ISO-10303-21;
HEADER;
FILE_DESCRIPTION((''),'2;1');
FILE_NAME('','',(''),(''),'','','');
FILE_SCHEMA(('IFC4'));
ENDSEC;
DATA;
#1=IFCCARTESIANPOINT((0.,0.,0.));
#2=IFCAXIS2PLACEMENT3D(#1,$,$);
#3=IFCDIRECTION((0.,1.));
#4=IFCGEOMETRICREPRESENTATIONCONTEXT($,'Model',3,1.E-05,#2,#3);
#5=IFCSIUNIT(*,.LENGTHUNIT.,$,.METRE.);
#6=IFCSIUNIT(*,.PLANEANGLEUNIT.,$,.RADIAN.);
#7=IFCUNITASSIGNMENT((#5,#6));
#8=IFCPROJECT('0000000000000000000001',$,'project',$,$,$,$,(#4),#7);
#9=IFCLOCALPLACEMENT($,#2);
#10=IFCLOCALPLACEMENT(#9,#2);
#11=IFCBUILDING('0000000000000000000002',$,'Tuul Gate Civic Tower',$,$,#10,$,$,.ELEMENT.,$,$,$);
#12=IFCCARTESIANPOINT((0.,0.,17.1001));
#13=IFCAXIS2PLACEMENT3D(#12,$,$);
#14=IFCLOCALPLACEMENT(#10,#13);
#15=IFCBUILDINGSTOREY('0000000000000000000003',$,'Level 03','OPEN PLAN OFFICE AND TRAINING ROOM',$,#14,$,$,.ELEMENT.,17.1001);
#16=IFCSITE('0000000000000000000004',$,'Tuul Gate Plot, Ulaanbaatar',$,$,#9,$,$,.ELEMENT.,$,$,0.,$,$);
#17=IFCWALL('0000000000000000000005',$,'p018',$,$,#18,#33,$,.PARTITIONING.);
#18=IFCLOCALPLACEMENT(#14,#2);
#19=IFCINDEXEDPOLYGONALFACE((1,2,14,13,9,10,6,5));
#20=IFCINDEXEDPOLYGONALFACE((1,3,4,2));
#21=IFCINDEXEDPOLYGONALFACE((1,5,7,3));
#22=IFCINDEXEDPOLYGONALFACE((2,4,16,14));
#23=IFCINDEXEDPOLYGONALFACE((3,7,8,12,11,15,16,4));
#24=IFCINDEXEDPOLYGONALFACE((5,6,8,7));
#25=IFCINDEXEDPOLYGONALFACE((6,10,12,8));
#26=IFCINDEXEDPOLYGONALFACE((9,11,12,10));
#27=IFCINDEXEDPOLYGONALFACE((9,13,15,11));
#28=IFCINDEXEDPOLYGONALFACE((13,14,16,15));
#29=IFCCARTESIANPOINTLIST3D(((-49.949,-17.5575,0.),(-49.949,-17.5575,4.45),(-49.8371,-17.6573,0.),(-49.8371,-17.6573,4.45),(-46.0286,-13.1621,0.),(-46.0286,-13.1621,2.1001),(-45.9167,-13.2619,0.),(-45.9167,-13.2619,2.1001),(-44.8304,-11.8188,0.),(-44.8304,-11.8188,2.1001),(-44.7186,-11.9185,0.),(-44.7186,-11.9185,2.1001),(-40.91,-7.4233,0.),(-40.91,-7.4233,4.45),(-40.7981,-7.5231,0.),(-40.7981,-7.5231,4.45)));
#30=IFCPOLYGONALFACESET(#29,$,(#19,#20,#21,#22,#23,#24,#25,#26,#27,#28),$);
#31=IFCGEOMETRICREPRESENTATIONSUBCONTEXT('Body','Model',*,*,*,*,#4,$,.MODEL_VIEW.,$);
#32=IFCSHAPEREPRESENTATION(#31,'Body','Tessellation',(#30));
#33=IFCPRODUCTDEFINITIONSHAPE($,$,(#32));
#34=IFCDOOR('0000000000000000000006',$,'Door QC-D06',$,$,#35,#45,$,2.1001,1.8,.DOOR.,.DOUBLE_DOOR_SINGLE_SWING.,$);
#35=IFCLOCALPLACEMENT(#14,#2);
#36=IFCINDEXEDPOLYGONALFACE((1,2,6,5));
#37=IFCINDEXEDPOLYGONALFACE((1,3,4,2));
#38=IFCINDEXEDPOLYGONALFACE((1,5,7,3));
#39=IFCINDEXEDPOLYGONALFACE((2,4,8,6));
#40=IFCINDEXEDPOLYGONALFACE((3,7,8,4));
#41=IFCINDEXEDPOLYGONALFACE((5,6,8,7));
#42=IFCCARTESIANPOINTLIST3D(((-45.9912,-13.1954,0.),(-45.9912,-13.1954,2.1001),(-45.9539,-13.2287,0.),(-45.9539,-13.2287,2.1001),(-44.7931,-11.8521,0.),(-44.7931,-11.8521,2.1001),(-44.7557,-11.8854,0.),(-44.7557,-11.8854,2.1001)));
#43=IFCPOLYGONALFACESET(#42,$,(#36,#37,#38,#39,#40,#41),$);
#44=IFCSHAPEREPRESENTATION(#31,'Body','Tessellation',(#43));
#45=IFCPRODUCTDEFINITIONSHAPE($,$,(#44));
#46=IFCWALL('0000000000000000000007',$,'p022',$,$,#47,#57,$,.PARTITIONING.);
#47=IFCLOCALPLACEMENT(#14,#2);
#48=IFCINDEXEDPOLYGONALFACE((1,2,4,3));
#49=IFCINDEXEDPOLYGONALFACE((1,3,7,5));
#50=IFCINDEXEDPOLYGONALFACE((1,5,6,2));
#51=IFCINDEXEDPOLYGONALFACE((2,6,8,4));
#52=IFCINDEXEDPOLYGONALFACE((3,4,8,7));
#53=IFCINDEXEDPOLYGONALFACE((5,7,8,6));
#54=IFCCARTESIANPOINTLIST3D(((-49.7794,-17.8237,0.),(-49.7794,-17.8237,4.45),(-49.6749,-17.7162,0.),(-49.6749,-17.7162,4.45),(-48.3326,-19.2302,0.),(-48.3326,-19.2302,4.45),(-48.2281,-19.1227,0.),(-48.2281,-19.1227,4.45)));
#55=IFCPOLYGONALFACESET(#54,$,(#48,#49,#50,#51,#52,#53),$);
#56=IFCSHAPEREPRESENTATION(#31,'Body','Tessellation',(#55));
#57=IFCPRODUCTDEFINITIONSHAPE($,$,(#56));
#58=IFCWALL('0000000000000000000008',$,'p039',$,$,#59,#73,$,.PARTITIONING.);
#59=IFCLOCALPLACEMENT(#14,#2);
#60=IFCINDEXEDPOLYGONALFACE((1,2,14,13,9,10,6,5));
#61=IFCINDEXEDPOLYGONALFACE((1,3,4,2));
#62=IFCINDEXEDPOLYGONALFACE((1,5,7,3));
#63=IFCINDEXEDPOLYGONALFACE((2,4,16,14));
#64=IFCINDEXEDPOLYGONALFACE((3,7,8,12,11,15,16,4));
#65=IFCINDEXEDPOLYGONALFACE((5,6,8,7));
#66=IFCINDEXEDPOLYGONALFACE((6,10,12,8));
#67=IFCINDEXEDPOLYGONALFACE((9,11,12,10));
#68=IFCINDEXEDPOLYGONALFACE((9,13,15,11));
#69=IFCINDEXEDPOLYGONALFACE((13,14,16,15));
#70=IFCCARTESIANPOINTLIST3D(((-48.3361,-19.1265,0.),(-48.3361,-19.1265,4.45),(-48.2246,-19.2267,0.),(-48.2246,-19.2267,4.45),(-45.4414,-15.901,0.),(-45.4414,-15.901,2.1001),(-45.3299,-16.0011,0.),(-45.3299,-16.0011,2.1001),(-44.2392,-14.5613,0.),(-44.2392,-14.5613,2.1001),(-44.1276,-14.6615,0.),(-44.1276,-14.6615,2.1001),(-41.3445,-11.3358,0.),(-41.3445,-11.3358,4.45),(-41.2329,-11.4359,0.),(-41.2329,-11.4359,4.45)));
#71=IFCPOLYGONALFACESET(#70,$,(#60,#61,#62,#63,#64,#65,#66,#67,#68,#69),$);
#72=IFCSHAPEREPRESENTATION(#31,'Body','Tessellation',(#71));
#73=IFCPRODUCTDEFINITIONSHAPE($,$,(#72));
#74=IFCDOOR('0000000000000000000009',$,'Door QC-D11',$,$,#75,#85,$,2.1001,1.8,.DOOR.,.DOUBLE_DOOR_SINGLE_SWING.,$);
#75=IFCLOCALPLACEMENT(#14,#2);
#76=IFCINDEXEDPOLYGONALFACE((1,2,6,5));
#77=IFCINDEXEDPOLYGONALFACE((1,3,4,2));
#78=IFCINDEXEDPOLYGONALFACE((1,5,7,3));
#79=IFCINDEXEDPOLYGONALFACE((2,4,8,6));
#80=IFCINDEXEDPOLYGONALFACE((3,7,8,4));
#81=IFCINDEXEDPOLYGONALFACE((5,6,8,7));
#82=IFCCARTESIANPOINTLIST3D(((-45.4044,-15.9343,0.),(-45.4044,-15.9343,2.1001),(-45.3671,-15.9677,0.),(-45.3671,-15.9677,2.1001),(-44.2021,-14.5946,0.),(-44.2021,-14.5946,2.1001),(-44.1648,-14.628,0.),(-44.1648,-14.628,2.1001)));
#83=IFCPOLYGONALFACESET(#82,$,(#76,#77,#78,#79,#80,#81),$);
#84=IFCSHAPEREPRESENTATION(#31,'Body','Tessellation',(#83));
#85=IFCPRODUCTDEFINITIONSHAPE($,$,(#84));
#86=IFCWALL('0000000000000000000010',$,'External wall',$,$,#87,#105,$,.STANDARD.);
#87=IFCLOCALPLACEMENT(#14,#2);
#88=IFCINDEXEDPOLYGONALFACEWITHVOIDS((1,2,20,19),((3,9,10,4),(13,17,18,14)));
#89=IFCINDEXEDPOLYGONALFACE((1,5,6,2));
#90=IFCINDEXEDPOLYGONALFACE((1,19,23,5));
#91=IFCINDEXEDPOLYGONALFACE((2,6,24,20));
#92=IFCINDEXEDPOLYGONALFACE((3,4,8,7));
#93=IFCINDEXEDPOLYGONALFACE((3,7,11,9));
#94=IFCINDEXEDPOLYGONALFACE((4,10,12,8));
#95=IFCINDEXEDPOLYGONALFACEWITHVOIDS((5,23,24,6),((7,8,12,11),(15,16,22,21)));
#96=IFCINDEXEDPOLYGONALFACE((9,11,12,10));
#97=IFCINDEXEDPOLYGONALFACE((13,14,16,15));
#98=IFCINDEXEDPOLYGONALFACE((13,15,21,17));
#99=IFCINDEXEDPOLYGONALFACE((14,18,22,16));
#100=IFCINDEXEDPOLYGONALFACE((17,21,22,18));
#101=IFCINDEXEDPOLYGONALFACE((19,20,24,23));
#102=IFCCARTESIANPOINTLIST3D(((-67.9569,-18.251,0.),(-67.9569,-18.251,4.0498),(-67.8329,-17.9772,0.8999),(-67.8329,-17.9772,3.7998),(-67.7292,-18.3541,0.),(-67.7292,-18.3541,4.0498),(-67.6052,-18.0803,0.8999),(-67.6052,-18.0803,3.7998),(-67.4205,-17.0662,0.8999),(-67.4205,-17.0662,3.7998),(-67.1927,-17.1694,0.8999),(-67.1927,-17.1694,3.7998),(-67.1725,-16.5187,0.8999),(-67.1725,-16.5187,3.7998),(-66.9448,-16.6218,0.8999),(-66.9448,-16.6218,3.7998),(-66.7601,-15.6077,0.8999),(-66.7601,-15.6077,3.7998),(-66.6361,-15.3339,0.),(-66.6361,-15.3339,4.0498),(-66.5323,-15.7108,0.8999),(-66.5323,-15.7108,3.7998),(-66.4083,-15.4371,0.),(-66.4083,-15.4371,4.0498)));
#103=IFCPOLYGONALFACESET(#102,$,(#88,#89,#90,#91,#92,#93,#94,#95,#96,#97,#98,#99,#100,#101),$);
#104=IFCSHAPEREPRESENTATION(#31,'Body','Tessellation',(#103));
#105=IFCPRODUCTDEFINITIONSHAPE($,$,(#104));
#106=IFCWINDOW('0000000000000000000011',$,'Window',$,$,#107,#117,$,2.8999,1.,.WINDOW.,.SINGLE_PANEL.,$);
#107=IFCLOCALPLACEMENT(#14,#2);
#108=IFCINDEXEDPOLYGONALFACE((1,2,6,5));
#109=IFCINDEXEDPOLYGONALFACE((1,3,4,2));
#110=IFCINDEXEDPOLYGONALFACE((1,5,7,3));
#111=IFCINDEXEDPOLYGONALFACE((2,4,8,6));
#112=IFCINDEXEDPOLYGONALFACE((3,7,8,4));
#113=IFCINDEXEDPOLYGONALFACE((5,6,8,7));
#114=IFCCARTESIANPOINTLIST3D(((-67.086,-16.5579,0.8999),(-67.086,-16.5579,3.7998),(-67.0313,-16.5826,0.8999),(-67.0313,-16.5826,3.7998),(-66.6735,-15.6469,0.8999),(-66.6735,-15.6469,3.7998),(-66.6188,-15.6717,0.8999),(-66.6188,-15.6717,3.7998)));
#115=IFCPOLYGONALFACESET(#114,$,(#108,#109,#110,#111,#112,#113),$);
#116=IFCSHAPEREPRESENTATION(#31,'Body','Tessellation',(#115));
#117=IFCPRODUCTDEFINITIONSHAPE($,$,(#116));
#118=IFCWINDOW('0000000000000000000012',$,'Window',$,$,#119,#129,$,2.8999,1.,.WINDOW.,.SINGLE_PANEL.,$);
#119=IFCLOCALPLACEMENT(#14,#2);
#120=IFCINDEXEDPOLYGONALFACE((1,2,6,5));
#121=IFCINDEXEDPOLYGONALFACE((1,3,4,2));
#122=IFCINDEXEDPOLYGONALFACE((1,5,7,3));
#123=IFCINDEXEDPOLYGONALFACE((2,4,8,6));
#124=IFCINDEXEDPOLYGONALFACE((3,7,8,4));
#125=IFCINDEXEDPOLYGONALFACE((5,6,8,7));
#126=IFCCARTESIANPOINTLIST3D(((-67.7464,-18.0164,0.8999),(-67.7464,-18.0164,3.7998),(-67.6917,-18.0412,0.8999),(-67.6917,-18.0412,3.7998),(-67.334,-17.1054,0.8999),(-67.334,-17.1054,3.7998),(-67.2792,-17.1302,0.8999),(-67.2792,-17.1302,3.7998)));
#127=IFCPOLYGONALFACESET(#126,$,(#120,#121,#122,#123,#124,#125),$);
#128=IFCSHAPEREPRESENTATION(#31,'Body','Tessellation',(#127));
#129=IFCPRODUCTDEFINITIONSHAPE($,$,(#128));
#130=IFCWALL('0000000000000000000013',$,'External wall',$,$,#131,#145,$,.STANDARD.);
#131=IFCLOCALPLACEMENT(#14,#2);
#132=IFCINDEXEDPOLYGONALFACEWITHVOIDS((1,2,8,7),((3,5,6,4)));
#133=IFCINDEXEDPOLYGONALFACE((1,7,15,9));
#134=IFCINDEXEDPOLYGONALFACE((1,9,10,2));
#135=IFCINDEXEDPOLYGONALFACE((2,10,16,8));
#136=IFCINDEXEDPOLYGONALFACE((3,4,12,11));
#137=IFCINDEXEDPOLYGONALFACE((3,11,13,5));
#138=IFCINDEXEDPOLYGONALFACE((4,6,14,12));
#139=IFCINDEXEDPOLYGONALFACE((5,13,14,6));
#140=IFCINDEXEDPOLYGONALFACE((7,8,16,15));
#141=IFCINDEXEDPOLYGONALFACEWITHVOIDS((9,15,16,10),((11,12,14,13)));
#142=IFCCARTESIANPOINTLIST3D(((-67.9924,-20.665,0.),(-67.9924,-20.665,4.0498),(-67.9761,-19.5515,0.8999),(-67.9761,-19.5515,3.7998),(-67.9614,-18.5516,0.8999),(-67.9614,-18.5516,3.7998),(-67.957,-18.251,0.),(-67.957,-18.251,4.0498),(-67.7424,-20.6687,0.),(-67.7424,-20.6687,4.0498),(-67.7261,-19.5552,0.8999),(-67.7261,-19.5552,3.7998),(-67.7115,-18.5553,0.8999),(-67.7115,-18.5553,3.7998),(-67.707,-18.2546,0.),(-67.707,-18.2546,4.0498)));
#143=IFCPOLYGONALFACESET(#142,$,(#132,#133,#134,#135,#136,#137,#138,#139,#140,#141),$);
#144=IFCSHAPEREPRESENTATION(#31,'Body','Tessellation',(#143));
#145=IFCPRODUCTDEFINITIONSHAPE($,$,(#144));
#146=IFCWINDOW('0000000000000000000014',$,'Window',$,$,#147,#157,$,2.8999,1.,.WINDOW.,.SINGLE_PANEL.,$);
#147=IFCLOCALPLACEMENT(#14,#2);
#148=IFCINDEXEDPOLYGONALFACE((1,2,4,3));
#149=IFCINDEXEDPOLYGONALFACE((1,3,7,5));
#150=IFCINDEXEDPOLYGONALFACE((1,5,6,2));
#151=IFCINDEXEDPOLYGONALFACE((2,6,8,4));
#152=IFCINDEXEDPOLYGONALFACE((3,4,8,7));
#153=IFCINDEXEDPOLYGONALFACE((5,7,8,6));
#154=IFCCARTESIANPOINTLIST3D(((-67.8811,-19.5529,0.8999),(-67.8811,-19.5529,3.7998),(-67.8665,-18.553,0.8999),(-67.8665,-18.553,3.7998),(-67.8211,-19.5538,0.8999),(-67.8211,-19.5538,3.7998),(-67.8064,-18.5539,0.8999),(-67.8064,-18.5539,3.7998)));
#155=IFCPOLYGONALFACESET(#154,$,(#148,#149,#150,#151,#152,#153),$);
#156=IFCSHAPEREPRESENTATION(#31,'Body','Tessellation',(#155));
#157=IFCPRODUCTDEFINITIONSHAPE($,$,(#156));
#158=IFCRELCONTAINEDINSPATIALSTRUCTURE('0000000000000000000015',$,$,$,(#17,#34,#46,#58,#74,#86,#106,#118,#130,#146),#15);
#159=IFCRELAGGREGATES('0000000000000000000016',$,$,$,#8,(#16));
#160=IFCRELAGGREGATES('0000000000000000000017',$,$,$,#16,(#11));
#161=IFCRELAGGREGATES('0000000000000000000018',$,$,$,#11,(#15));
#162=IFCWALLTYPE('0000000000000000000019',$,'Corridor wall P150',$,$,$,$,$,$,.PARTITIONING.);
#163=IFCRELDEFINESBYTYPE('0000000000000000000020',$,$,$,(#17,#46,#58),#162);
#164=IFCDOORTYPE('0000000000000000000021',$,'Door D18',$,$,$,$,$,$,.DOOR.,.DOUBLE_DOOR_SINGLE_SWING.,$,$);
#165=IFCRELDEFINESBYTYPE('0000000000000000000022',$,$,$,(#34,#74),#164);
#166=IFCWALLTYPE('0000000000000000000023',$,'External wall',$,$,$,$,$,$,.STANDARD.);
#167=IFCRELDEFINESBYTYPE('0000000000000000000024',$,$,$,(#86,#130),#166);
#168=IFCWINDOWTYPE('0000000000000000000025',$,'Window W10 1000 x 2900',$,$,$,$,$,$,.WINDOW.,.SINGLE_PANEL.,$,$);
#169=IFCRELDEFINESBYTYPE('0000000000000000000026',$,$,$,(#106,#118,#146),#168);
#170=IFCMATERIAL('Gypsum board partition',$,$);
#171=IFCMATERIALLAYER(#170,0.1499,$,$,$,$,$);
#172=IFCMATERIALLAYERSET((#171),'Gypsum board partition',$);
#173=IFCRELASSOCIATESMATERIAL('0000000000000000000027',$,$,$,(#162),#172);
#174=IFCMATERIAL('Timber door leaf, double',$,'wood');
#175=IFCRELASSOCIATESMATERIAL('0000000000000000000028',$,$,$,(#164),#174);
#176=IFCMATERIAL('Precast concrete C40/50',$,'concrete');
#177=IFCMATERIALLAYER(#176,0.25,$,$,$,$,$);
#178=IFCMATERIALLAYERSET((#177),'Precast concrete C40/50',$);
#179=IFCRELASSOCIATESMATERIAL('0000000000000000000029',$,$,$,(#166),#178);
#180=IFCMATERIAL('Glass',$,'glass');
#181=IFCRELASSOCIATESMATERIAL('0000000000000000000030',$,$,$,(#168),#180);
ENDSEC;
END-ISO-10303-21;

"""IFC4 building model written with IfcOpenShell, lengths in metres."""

from ifc_helpers import new_model, si_unit, direction, frame, frame_2d, origin, place, context, subcontext, project, spatial, rectangle, extrude, material, layer, layer_set, type_object, element, fill, save


model = new_model("IFC4")

# Units and contexts
model_context = context("Model", 3, precision=1e-05, world=origin(), true_north=direction((0.0, 1.0)))
body_context = subcontext(model_context, "Body", "Model", "MODEL_VIEW")
ifc_project = project(units=[si_unit("LENGTHUNIT", "METRE"), si_unit("PLANEANGLEUNIT", "RADIAN")], contexts=[model_context])

# Site, building, storey
site_placement = place(None, origin())
site = spatial("IfcSite", under=ifc_project, at=site_placement, Name="Tuul Gate Plot, Ulaanbaatar", CompositionType="ELEMENT", RefElevation=0.0)
building_placement = place(site_placement, origin())
building = spatial("IfcBuilding", under=site, at=building_placement, Name="Tuul Gate Civic Tower", CompositionType="ELEMENT")
storey_placement = place(building_placement, frame((0.0, 0.0, 17.1001)))
storey = spatial("IfcBuildingStorey", under=building, at=storey_placement, Name="Level 03", Description="OPEN PLAN OFFICE AND TRAINING ROOM", CompositionType="ELEMENT", Elevation=17.1001)

# Wall, opening, door
ifc_material_1 = material(Name="Gypsum board partition")
ifc_layer_1 = layer(ifc_material_1, 0.1499)
ifc_layer_set_1 = layer_set([ifc_layer_1], Name="Gypsum board partition")
wall_type_1 = type_object("IfcWallType", Name="Corridor wall P150", PredefinedType="PARTITIONING", material=ifc_layer_set_1)
wall_1_placement = place(storey_placement, frame((-49.8931, -17.6074, 0.0), z_axis=(0.0, 0.0, 1.0), x_axis=(0.665631, 0.746281, 0.0)))
wall_1 = element("IfcWall", 1, at=wall_1_placement, inside=storey, type_object=wall_type_1, Name="p018", PredefinedType="PARTITIONING", context=body_context, shape_type="SweptSolid", body=[
    extrude(rectangle(XDim=13.5796, YDim=0.1499, at=frame_2d((6.7898, 0.0))), origin(), (0.0, 0.0, 1.0), 4.45),
])
opening_1_placement = place(wall_1_placement, frame((5.8899, 0.0, 0.0)))
opening_1 = element("IfcOpeningElement", 2, at=opening_1_placement, cuts=wall_1, PredefinedType="OPENING", context=body_context, shape_type="SweptSolid", body=[
    extrude(rectangle(XDim=1.8, YDim=2.1001, at=frame_2d((0.8999, 1.05))), frame((0.0, 0.085, 0.0), z_axis=(0.0, -1.0, 0.0), x_axis=(1.0, 0.0, 0.0)), (0.0, 0.0, 1.0), 0.1699),
])
ifc_material_2 = material(Name="Timber door leaf, double", Category="wood")
door_type = type_object("IfcDoorType", Name="Door D18", OperationType="DOUBLE_DOOR_SINGLE_SWING", PredefinedType="DOOR", material=ifc_material_2)
door_1_placement = place(opening_1_placement, origin())
door_1 = element("IfcDoor", 3, at=door_1_placement, inside=storey, type_object=door_type, Name="Door QC-D06", OperationType="DOUBLE_DOOR_SINGLE_SWING", OverallHeight=2.1001, OverallWidth=1.8, PredefinedType="DOOR", context=body_context, shape_type="SweptSolid", body=[
    extrude(rectangle(XDim=1.8, YDim=2.1001, at=frame_2d((0.8999, 1.05))), frame((0.0, 0.0249, 0.0), z_axis=(0.0, -1.0, 0.0), x_axis=(1.0, 0.0, 0.0)), (0.0, 0.0, 1.0), 0.05),
])
fill(opening_1, door_1)

# Wall
wall_2_placement = place(storey_placement, frame((-49.7271, -17.77, 0.0), z_axis=(0.0, 0.0, 1.0), x_axis=(0.717018, -0.697054, 0.0)))
element("IfcWall", 4, at=wall_2_placement, inside=storey, type_object=wall_type_1, Name="p022", PredefinedType="PARTITIONING", context=body_context, shape_type="SweptSolid", body=[
    extrude(rectangle(XDim=2.0178, YDim=0.1499, at=frame_2d((1.0088, 0.0))), origin(), (0.0, 0.0, 1.0), 4.45),
])

# Wall, opening, door
wall_3_placement = place(storey_placement, frame((-48.2803, -19.1765, 0.0), z_axis=(0.0, 0.0, 1.0), x_axis=(0.667909, 0.744243, 0.0)))
wall_3 = element("IfcWall", 5, at=wall_3_placement, inside=storey, type_object=wall_type_1, Name="p039", PredefinedType="PARTITIONING", context=body_context, shape_type="SweptSolid", body=[
    extrude(rectangle(XDim=10.468, YDim=0.1499, at=frame_2d((5.2339, 0.0))), origin(), (0.0, 0.0, 1.0), 4.45),
])
opening_2_placement = place(wall_3_placement, frame((4.334, 0.0, 0.0)))
opening_2 = element("IfcOpeningElement", 6, at=opening_2_placement, cuts=wall_3, PredefinedType="OPENING", context=body_context, shape_type="SweptSolid", body=[
    extrude(rectangle(XDim=1.8, YDim=2.1001, at=frame_2d((0.8999, 1.05))), frame((0.0, 0.085, 0.0), z_axis=(0.0, -1.0, 0.0), x_axis=(1.0, 0.0, 0.0)), (0.0, 0.0, 1.0), 0.1699),
])
door_2_placement = place(opening_2_placement, frame((1.8, 0.0, 0.0), z_axis=(0.0, 0.0, 1.0), x_axis=(-1.0, 0.0, 0.0)))
door_2 = element("IfcDoor", 7, at=door_2_placement, inside=storey, type_object=door_type, Name="Door QC-D11", OperationType="DOUBLE_DOOR_SINGLE_SWING", OverallHeight=2.1001, OverallWidth=1.8, PredefinedType="DOOR", context=body_context, shape_type="SweptSolid", body=[
    extrude(rectangle(XDim=1.8, YDim=2.1001, at=frame_2d((0.9001, 1.05))), frame((0.0, 0.0249, 0.0), z_axis=(0.0, -1.0, 0.0), x_axis=(1.0, 0.0, 0.0)), (0.0, 0.0, 1.0), 0.05),
])
fill(opening_2, door_2)

# Wall, openings, windows
ifc_material_3 = material(Name="Precast concrete C40/50", Category="concrete")
ifc_layer_2 = layer(ifc_material_3, 0.25)
ifc_layer_set_2 = layer_set([ifc_layer_2], Name="Precast concrete C40/50")
wall_type_2 = type_object("IfcWallType", Name="External wall", PredefinedType="STANDARD", material=ifc_layer_set_2)
wall_4_placement = place(storey_placement, frame((-66.5222, -15.3855, 0.0), z_axis=(0.0, 0.0, 1.0), x_axis=(-0.412481, -0.910966, 0.0)))
wall_4 = element("IfcWall", 8, at=wall_4_placement, inside=storey, type_object=wall_type_2, Name="External wall", PredefinedType="STANDARD", context=body_context, shape_type="SweptSolid", body=[
    extrude(rectangle(XDim=3.2021, YDim=0.25, at=frame_2d((1.6011, 0.0))), origin(), (0.0, 0.0, 1.0), 4.0498),
])
opening_3_placement = place(wall_4_placement, frame((0.3005, 0.0, 0.8999)))
opening_3 = element("IfcOpeningElement", 9, at=opening_3_placement, cuts=wall_4, PredefinedType="OPENING", context=body_context, shape_type="SweptSolid", body=[
    extrude(rectangle(XDim=1.0, YDim=2.8999, at=frame_2d((0.5, 1.45))), frame((0.0, 0.135, 0.0), z_axis=(0.0, -1.0, 0.0), x_axis=(1.0, 0.0, 0.0)), (0.0, 0.0, 1.0), 0.27),
])
opening_4_placement = place(wall_4_placement, frame((1.9016, 0.0, 0.8999)))
opening_4 = element("IfcOpeningElement", 10, at=opening_4_placement, cuts=wall_4, PredefinedType="OPENING", context=body_context, shape_type="SweptSolid", body=[
    extrude(rectangle(XDim=1.0, YDim=2.8999, at=frame_2d((0.5, 1.45))), frame((0.0, 0.135, 0.0), z_axis=(0.0, -1.0, 0.0), x_axis=(1.0, 0.0, 0.0)), (0.0, 0.0, 1.0), 0.27),
])
ifc_material_4 = material(Name="Glass", Category="glass")
window_type_1 = type_object("IfcWindowType", Name="Window W10 1000 x 2900", PartitioningType="SINGLE_PANEL", PredefinedType="WINDOW", material=ifc_material_4)
window_1_placement = place(opening_3_placement, origin())
window_1 = element("IfcWindow", 11, at=window_1_placement, inside=storey, type_object=window_type_1, Name="Window", OverallHeight=2.8999, OverallWidth=1.0, PartitioningType="SINGLE_PANEL", PredefinedType="WINDOW", context=body_context, shape_type="SweptSolid", body=[
    extrude(rectangle(XDim=1.0, YDim=2.8999, at=frame_2d((0.5, 1.45))), frame((0.0, 0.03, 0.0), z_axis=(0.0, -1.0, 0.0), x_axis=(1.0, 0.0, 0.0)), (0.0, 0.0, 1.0), 0.0601),
])
fill(opening_3, window_1)
window_2_placement = place(opening_4_placement, origin())
window_2 = element("IfcWindow", 12, at=window_2_placement, inside=storey, type_object=window_type_1, Name="Window", OverallHeight=2.8999, OverallWidth=1.0, PartitioningType="SINGLE_PANEL", PredefinedType="WINDOW", context=body_context, shape_type="SweptSolid", body=[
    extrude(rectangle(XDim=1.0, YDim=2.8999, at=frame_2d((0.5, 1.45))), frame((0.0, 0.03, 0.0), z_axis=(0.0, -1.0, 0.0), x_axis=(1.0, 0.0, 0.0)), (0.0, 0.0, 1.0), 0.0601),
])
fill(opening_4, window_2)

# Wall, opening, window
wall_5_placement = place(storey_placement, frame((-67.832, -18.2529, 0.0), z_axis=(0.0, 0.0, 1.0), x_axis=(-0.014663, -0.999892, 0.0)))
wall_5 = element("IfcWall", 13, at=wall_5_placement, inside=storey, type_object=wall_type_2, Name="External wall", PredefinedType="STANDARD", context=body_context, shape_type="SweptSolid", body=[
    extrude(rectangle(XDim=2.4143, YDim=0.25, at=frame_2d((1.207, 0.0))), origin(), (0.0, 0.0, 1.0), 4.0498),
])
opening_5_placement = place(wall_5_placement, frame((0.3005, 0.0, 0.8999)))
opening_5 = element("IfcOpeningElement", 14, at=opening_5_placement, cuts=wall_5, PredefinedType="OPENING", context=body_context, shape_type="SweptSolid", body=[
    extrude(rectangle(XDim=1.0, YDim=2.8999, at=frame_2d((0.5, 1.45))), frame((0.0, 0.135, 0.0), z_axis=(0.0, -1.0, 0.0), x_axis=(1.0, 0.0, 0.0)), (0.0, 0.0, 1.0), 0.27),
])
window_3_placement = place(opening_5_placement, origin())
window_3 = element("IfcWindow", 15, at=window_3_placement, inside=storey, type_object=window_type_1, Name="Window", OverallHeight=2.8999, OverallWidth=1.0, PartitioningType="SINGLE_PANEL", PredefinedType="WINDOW", context=body_context, shape_type="SweptSolid", body=[
    extrude(rectangle(XDim=1.0, YDim=2.8999, at=frame_2d((0.5, 1.45))), frame((0.0, 0.03, 0.0), z_axis=(0.0, -1.0, 0.0), x_axis=(1.0, 0.0, 0.0)), (0.0, 0.0, 1.0), 0.0601),
])
fill(opening_5, window_3)

save(model, "model.ifc")
